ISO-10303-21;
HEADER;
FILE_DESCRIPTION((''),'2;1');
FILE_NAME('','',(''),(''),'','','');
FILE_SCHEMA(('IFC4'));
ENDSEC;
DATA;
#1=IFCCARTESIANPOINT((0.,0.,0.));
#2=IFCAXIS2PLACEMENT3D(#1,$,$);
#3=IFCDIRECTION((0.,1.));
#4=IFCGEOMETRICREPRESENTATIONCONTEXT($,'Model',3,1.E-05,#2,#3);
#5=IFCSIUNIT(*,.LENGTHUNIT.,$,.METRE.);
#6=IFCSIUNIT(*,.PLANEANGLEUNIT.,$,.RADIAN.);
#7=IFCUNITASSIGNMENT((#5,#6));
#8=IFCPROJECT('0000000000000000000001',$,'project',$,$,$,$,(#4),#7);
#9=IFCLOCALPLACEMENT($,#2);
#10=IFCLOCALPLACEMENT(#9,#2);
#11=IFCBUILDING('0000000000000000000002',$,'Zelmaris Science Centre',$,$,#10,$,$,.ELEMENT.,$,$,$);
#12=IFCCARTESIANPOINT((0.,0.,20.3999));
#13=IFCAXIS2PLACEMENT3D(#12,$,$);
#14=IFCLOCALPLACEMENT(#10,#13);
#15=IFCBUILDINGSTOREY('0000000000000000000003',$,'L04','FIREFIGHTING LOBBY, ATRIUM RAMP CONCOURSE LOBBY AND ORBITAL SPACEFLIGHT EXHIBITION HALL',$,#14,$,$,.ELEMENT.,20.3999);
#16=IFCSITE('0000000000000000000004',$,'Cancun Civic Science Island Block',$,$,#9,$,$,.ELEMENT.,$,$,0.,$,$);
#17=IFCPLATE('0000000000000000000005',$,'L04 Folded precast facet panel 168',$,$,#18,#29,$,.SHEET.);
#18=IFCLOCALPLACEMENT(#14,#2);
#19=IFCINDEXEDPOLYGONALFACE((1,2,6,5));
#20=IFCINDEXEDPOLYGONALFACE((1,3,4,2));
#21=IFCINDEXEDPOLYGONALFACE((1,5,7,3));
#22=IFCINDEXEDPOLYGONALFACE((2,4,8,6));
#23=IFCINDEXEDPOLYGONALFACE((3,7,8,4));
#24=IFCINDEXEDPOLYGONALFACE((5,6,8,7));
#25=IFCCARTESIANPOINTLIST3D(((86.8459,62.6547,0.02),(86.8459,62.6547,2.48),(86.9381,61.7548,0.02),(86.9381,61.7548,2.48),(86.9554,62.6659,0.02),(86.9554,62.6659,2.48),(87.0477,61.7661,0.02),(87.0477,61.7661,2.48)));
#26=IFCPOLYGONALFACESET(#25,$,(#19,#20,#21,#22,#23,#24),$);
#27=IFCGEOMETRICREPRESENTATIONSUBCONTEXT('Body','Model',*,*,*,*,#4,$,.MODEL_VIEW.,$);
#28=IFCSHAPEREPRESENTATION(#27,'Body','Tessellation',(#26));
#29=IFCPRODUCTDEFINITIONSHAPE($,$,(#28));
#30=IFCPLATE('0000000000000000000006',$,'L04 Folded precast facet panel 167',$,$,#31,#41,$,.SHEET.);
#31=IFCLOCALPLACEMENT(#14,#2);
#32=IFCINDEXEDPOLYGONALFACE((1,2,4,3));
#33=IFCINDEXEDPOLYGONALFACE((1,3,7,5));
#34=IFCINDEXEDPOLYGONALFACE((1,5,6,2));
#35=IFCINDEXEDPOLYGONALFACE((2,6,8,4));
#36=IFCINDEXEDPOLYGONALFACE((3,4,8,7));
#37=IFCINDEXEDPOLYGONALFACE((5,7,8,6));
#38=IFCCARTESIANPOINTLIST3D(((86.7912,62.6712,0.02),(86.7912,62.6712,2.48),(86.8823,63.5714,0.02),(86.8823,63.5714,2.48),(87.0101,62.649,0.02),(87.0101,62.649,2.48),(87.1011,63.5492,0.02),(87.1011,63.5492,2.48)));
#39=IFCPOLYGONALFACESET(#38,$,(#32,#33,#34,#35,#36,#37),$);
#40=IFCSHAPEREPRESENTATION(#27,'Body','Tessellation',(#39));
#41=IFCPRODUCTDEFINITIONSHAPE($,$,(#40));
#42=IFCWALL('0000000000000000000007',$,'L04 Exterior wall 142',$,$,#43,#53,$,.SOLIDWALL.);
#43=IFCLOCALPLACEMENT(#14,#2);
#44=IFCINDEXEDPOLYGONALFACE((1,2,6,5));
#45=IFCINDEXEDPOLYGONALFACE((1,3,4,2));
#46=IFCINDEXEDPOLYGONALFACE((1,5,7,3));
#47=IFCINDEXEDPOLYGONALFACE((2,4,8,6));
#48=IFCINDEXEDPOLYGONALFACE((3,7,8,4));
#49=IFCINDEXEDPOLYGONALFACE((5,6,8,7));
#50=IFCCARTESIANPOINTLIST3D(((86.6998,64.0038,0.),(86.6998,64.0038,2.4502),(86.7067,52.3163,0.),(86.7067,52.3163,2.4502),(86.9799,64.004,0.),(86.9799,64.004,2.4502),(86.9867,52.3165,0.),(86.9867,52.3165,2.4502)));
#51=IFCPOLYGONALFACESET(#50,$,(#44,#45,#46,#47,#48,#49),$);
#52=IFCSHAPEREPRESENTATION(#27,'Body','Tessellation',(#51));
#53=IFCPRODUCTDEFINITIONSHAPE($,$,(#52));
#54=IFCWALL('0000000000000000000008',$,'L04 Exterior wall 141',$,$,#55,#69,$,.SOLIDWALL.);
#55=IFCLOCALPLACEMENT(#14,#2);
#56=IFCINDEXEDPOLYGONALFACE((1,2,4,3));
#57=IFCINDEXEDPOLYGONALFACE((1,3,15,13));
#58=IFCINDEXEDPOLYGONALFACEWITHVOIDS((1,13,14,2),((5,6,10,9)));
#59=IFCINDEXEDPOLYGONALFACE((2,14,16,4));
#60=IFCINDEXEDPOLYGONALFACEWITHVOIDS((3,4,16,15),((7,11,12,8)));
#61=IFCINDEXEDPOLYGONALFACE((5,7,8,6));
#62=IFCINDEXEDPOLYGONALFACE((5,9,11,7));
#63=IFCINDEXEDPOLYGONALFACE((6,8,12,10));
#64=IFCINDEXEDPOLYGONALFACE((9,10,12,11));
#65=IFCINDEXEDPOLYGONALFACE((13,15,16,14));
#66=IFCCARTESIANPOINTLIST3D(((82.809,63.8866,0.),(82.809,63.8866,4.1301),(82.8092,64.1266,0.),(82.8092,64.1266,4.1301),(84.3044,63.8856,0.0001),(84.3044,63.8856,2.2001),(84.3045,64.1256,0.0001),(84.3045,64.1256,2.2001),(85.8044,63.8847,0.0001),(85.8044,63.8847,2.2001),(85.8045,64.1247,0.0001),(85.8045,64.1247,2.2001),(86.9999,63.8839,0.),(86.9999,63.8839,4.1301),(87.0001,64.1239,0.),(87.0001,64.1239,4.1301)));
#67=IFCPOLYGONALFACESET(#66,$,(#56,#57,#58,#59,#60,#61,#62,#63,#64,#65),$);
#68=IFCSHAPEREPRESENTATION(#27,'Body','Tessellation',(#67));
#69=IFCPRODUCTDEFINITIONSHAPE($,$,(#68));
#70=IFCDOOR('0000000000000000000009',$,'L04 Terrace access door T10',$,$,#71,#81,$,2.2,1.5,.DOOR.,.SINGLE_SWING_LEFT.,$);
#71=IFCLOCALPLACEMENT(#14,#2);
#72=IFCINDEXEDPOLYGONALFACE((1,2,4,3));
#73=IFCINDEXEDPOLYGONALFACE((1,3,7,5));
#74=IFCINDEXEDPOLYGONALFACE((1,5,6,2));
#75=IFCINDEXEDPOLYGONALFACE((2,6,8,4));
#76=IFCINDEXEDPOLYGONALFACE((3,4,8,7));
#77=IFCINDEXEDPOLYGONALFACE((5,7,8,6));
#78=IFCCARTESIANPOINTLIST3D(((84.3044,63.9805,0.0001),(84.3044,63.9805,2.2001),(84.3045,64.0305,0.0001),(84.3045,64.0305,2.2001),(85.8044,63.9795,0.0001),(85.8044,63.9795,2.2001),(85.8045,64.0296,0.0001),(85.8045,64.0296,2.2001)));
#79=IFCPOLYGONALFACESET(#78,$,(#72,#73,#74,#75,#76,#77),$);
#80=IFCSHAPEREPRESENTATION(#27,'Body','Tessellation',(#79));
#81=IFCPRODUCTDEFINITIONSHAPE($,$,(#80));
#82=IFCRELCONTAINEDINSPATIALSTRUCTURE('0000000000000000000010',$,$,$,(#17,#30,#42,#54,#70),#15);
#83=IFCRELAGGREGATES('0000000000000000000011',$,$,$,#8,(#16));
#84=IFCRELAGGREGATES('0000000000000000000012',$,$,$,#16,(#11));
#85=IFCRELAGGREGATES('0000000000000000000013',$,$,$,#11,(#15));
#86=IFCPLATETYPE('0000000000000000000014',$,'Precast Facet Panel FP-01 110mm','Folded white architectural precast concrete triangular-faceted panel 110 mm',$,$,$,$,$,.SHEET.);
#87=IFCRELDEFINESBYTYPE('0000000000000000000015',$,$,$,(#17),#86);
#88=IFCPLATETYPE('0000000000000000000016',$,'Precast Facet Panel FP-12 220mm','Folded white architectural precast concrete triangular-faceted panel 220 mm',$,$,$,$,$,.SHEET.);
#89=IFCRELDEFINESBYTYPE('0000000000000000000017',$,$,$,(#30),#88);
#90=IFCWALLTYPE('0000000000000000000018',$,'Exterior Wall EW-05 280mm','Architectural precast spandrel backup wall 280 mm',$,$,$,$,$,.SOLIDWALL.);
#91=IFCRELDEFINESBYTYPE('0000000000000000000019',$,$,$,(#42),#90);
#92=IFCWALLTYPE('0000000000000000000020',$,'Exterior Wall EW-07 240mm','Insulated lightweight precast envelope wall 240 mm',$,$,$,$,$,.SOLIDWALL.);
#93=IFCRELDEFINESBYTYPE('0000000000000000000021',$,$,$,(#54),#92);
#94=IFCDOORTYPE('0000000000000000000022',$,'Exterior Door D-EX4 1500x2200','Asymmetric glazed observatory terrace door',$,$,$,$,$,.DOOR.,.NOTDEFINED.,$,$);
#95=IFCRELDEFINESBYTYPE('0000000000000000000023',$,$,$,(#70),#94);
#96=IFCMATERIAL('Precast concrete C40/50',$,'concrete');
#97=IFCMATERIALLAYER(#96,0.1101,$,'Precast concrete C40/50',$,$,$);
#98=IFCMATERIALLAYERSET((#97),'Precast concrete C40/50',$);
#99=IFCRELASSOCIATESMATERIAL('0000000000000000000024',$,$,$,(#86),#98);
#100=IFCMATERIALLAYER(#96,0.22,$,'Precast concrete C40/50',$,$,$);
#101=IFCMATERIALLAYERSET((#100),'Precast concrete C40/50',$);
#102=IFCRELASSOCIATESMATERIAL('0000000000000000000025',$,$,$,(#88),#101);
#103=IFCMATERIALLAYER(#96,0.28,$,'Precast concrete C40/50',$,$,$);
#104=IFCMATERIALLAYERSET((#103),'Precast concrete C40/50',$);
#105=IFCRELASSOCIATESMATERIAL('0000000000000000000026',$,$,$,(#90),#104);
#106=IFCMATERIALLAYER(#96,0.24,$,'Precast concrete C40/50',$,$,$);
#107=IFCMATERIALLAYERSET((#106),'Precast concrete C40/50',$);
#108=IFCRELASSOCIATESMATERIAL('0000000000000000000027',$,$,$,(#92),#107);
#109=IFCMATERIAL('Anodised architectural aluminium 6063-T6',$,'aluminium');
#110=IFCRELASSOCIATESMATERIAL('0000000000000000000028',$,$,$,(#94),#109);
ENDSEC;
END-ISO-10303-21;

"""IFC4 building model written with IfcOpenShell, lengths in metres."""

from ifc_helpers import new_model, si_unit, direction, frame, frame_2d, origin, place, context, subcontext, project, spatial, rectangle, extrude, material, layer, layer_set, type_object, element, fill, save


model = new_model("IFC4")

# Units and contexts
model_context = context("Model", 3, precision=1e-05, world=origin(), true_north=direction((0.0, 1.0)))
body_context = subcontext(model_context, "Body", "Model", "MODEL_VIEW")
ifc_project = project(units=[si_unit("LENGTHUNIT", "METRE"), si_unit("PLANEANGLEUNIT", "RADIAN")], contexts=[model_context])

# Site, building, storey
site_placement = place(None, origin())
site = spatial("IfcSite", under=ifc_project, at=site_placement, Name="Cancun Civic Science Island Block", CompositionType="ELEMENT", RefElevation=0.0)
building_placement = place(site_placement, origin())
building = spatial("IfcBuilding", under=site, at=building_placement, Name="Zelmaris Science Centre", CompositionType="ELEMENT")
storey_placement = place(building_placement, frame((0.0, 0.0, 20.3999)))
storey = spatial("IfcBuildingStorey", under=building, at=storey_placement, Name="L04", Description="FIREFIGHTING LOBBY, ATRIUM RAMP CONCOURSE LOBBY AND ORBITAL SPACEFLIGHT EXHIBITION HALL", CompositionType="ELEMENT", Elevation=20.3999)

# Shared definitions
ifc_material_1 = material(Name="Anodised architectural aluminium 6063-T6", Category="aluminium")

# Plates
ifc_material_2 = material(Name="Precast concrete C40/50", Category="concrete")
ifc_layer_1 = layer(ifc_material_2, 0.1101, Name="Precast concrete C40/50")
ifc_layer_set_1 = layer_set([ifc_layer_1], Name="Precast concrete C40/50")
plate_type_1 = type_object("IfcPlateType", Name="Precast Facet Panel FP-01 110mm", Description="Folded white architectural precast concrete triangular-faceted panel 110 mm", PredefinedType="SHEET", material=ifc_layer_set_1)
plate_1_placement = place(storey_placement, frame((86.9006, 62.6602, 0.02), z_axis=(0.0, 0.0, 1.0), x_axis=(0.102015, -0.994783, 0.0)))
element("IfcPlate", 1, at=plate_1_placement, inside=storey, type_object=plate_type_1, Name="L04 Folded precast facet panel 168", PredefinedType="SHEET", context=body_context, shape_type="SweptSolid", body=[
    extrude(rectangle(XDim=0.9045, YDim=0.1101, at=frame_2d((0.4521, 0.0))), origin(), (0.0, 0.0, 1.0), 2.46),
])
ifc_layer_2 = layer(ifc_material_2, 0.22, Name="Precast concrete C40/50")
ifc_layer_set_2 = layer_set([ifc_layer_2], Name="Precast concrete C40/50")
plate_type_2 = type_object("IfcPlateType", Name="Precast Facet Panel FP-12 220mm", Description="Folded white architectural precast concrete triangular-faceted panel 220 mm", PredefinedType="SHEET", material=ifc_layer_set_2)
plate_2_placement = place(storey_placement, frame((86.9917, 63.5603, 0.02), z_axis=(0.0, 0.0, 1.0), x_axis=(-0.100653, -0.994922, 0.0)))
element("IfcPlate", 2, at=plate_2_placement, inside=storey, type_object=plate_type_2, Name="L04 Folded precast facet panel 167", PredefinedType="SHEET", context=body_context, shape_type="SweptSolid", body=[
    extrude(rectangle(XDim=0.9048, YDim=0.22, at=frame_2d((0.4524, 0.0))), origin(), (0.0, 0.0, 1.0), 2.46),
])

# Wall
ifc_layer_3 = layer(ifc_material_2, 0.28, Name="Precast concrete C40/50")
ifc_layer_set_3 = layer_set([ifc_layer_3], Name="Precast concrete C40/50")
wall_type_1 = type_object("IfcWallType", Name="Exterior Wall EW-05 280mm", Description="Architectural precast spandrel backup wall 280 mm", PredefinedType="SOLIDWALL", material=ifc_layer_set_3)
wall_1_placement = place(storey_placement, frame((86.8398, 64.0039, 0.0), z_axis=(0.0, 0.0, 1.0), x_axis=(0.000585, -1.0, 0.0)))
element("IfcWall", 3, at=wall_1_placement, inside=storey, type_object=wall_type_1, Name="L04 Exterior wall 142", PredefinedType="SOLIDWALL", context=body_context, shape_type="SweptSolid", body=[
    extrude(rectangle(XDim=11.6875, YDim=0.28, at=frame_2d((5.8438, 0.0))), origin(), (0.0, 0.0, 1.0), 2.4502),
])

# Wall, opening, door
ifc_layer_4 = layer(ifc_material_2, 0.24, Name="Precast concrete C40/50")
ifc_layer_set_4 = layer_set([ifc_layer_4], Name="Precast concrete C40/50")
wall_type_2 = type_object("IfcWallType", Name="Exterior Wall EW-07 240mm", Description="Insulated lightweight precast envelope wall 240 mm", PredefinedType="SOLIDWALL", material=ifc_layer_set_4)
wall_2_placement = place(storey_placement, frame((82.8091, 64.0066, 0.0), z_axis=(0.0, 0.0, 1.0), x_axis=(1.0, -0.000641, 0.0)))
wall_2 = element("IfcWall", 4, at=wall_2_placement, inside=storey, type_object=wall_type_2, Name="L04 Exterior wall 141", PredefinedType="SOLIDWALL", context=body_context, shape_type="SweptSolid", body=[
    extrude(rectangle(XDim=4.1909, YDim=0.24, at=frame_2d((2.0955, 0.0))), origin(), (0.0, 0.0, 1.0), 4.1301),
])
opening_placement = place(wall_2_placement, frame((1.4954, 0.0, 0.0)))
opening = element("IfcOpeningElement", 5, at=opening_placement, cuts=wall_2, PredefinedType="OPENING", context=body_context, shape_type="SweptSolid", body=[
    extrude(rectangle(XDim=1.5, YDim=2.2, at=frame_2d((0.75, 1.1001))), frame((0.0, 0.1299, 0.0), z_axis=(0.0, -1.0, 0.0), x_axis=(1.0, 0.0, 0.0)), (0.0, 0.0, 1.0), 0.26),
])
door_type = type_object("IfcDoorType", Name="Exterior Door D-EX4 1500x2200", Description="Asymmetric glazed observatory terrace door", OperationType="NOTDEFINED", PredefinedType="DOOR", material=ifc_material_1)
door_placement = place(opening_placement, origin())
door = element("IfcDoor", 6, at=door_placement, inside=storey, type_object=door_type, Name="L04 Terrace access door T10", OperationType="SINGLE_SWING_LEFT", OverallHeight=2.2, OverallWidth=1.5, PredefinedType="DOOR", context=body_context, shape_type="SweptSolid", body=[
    extrude(rectangle(XDim=1.5, YDim=2.2, at=frame_2d((0.75, 1.1001))), frame((0.0, 0.0249, 0.0), z_axis=(0.0, -1.0, 0.0), x_axis=(1.0, 0.0, 0.0)), (0.0, 0.0, 1.0), 0.05),
])
fill(opening, door)

save(model, "model.ifc")
